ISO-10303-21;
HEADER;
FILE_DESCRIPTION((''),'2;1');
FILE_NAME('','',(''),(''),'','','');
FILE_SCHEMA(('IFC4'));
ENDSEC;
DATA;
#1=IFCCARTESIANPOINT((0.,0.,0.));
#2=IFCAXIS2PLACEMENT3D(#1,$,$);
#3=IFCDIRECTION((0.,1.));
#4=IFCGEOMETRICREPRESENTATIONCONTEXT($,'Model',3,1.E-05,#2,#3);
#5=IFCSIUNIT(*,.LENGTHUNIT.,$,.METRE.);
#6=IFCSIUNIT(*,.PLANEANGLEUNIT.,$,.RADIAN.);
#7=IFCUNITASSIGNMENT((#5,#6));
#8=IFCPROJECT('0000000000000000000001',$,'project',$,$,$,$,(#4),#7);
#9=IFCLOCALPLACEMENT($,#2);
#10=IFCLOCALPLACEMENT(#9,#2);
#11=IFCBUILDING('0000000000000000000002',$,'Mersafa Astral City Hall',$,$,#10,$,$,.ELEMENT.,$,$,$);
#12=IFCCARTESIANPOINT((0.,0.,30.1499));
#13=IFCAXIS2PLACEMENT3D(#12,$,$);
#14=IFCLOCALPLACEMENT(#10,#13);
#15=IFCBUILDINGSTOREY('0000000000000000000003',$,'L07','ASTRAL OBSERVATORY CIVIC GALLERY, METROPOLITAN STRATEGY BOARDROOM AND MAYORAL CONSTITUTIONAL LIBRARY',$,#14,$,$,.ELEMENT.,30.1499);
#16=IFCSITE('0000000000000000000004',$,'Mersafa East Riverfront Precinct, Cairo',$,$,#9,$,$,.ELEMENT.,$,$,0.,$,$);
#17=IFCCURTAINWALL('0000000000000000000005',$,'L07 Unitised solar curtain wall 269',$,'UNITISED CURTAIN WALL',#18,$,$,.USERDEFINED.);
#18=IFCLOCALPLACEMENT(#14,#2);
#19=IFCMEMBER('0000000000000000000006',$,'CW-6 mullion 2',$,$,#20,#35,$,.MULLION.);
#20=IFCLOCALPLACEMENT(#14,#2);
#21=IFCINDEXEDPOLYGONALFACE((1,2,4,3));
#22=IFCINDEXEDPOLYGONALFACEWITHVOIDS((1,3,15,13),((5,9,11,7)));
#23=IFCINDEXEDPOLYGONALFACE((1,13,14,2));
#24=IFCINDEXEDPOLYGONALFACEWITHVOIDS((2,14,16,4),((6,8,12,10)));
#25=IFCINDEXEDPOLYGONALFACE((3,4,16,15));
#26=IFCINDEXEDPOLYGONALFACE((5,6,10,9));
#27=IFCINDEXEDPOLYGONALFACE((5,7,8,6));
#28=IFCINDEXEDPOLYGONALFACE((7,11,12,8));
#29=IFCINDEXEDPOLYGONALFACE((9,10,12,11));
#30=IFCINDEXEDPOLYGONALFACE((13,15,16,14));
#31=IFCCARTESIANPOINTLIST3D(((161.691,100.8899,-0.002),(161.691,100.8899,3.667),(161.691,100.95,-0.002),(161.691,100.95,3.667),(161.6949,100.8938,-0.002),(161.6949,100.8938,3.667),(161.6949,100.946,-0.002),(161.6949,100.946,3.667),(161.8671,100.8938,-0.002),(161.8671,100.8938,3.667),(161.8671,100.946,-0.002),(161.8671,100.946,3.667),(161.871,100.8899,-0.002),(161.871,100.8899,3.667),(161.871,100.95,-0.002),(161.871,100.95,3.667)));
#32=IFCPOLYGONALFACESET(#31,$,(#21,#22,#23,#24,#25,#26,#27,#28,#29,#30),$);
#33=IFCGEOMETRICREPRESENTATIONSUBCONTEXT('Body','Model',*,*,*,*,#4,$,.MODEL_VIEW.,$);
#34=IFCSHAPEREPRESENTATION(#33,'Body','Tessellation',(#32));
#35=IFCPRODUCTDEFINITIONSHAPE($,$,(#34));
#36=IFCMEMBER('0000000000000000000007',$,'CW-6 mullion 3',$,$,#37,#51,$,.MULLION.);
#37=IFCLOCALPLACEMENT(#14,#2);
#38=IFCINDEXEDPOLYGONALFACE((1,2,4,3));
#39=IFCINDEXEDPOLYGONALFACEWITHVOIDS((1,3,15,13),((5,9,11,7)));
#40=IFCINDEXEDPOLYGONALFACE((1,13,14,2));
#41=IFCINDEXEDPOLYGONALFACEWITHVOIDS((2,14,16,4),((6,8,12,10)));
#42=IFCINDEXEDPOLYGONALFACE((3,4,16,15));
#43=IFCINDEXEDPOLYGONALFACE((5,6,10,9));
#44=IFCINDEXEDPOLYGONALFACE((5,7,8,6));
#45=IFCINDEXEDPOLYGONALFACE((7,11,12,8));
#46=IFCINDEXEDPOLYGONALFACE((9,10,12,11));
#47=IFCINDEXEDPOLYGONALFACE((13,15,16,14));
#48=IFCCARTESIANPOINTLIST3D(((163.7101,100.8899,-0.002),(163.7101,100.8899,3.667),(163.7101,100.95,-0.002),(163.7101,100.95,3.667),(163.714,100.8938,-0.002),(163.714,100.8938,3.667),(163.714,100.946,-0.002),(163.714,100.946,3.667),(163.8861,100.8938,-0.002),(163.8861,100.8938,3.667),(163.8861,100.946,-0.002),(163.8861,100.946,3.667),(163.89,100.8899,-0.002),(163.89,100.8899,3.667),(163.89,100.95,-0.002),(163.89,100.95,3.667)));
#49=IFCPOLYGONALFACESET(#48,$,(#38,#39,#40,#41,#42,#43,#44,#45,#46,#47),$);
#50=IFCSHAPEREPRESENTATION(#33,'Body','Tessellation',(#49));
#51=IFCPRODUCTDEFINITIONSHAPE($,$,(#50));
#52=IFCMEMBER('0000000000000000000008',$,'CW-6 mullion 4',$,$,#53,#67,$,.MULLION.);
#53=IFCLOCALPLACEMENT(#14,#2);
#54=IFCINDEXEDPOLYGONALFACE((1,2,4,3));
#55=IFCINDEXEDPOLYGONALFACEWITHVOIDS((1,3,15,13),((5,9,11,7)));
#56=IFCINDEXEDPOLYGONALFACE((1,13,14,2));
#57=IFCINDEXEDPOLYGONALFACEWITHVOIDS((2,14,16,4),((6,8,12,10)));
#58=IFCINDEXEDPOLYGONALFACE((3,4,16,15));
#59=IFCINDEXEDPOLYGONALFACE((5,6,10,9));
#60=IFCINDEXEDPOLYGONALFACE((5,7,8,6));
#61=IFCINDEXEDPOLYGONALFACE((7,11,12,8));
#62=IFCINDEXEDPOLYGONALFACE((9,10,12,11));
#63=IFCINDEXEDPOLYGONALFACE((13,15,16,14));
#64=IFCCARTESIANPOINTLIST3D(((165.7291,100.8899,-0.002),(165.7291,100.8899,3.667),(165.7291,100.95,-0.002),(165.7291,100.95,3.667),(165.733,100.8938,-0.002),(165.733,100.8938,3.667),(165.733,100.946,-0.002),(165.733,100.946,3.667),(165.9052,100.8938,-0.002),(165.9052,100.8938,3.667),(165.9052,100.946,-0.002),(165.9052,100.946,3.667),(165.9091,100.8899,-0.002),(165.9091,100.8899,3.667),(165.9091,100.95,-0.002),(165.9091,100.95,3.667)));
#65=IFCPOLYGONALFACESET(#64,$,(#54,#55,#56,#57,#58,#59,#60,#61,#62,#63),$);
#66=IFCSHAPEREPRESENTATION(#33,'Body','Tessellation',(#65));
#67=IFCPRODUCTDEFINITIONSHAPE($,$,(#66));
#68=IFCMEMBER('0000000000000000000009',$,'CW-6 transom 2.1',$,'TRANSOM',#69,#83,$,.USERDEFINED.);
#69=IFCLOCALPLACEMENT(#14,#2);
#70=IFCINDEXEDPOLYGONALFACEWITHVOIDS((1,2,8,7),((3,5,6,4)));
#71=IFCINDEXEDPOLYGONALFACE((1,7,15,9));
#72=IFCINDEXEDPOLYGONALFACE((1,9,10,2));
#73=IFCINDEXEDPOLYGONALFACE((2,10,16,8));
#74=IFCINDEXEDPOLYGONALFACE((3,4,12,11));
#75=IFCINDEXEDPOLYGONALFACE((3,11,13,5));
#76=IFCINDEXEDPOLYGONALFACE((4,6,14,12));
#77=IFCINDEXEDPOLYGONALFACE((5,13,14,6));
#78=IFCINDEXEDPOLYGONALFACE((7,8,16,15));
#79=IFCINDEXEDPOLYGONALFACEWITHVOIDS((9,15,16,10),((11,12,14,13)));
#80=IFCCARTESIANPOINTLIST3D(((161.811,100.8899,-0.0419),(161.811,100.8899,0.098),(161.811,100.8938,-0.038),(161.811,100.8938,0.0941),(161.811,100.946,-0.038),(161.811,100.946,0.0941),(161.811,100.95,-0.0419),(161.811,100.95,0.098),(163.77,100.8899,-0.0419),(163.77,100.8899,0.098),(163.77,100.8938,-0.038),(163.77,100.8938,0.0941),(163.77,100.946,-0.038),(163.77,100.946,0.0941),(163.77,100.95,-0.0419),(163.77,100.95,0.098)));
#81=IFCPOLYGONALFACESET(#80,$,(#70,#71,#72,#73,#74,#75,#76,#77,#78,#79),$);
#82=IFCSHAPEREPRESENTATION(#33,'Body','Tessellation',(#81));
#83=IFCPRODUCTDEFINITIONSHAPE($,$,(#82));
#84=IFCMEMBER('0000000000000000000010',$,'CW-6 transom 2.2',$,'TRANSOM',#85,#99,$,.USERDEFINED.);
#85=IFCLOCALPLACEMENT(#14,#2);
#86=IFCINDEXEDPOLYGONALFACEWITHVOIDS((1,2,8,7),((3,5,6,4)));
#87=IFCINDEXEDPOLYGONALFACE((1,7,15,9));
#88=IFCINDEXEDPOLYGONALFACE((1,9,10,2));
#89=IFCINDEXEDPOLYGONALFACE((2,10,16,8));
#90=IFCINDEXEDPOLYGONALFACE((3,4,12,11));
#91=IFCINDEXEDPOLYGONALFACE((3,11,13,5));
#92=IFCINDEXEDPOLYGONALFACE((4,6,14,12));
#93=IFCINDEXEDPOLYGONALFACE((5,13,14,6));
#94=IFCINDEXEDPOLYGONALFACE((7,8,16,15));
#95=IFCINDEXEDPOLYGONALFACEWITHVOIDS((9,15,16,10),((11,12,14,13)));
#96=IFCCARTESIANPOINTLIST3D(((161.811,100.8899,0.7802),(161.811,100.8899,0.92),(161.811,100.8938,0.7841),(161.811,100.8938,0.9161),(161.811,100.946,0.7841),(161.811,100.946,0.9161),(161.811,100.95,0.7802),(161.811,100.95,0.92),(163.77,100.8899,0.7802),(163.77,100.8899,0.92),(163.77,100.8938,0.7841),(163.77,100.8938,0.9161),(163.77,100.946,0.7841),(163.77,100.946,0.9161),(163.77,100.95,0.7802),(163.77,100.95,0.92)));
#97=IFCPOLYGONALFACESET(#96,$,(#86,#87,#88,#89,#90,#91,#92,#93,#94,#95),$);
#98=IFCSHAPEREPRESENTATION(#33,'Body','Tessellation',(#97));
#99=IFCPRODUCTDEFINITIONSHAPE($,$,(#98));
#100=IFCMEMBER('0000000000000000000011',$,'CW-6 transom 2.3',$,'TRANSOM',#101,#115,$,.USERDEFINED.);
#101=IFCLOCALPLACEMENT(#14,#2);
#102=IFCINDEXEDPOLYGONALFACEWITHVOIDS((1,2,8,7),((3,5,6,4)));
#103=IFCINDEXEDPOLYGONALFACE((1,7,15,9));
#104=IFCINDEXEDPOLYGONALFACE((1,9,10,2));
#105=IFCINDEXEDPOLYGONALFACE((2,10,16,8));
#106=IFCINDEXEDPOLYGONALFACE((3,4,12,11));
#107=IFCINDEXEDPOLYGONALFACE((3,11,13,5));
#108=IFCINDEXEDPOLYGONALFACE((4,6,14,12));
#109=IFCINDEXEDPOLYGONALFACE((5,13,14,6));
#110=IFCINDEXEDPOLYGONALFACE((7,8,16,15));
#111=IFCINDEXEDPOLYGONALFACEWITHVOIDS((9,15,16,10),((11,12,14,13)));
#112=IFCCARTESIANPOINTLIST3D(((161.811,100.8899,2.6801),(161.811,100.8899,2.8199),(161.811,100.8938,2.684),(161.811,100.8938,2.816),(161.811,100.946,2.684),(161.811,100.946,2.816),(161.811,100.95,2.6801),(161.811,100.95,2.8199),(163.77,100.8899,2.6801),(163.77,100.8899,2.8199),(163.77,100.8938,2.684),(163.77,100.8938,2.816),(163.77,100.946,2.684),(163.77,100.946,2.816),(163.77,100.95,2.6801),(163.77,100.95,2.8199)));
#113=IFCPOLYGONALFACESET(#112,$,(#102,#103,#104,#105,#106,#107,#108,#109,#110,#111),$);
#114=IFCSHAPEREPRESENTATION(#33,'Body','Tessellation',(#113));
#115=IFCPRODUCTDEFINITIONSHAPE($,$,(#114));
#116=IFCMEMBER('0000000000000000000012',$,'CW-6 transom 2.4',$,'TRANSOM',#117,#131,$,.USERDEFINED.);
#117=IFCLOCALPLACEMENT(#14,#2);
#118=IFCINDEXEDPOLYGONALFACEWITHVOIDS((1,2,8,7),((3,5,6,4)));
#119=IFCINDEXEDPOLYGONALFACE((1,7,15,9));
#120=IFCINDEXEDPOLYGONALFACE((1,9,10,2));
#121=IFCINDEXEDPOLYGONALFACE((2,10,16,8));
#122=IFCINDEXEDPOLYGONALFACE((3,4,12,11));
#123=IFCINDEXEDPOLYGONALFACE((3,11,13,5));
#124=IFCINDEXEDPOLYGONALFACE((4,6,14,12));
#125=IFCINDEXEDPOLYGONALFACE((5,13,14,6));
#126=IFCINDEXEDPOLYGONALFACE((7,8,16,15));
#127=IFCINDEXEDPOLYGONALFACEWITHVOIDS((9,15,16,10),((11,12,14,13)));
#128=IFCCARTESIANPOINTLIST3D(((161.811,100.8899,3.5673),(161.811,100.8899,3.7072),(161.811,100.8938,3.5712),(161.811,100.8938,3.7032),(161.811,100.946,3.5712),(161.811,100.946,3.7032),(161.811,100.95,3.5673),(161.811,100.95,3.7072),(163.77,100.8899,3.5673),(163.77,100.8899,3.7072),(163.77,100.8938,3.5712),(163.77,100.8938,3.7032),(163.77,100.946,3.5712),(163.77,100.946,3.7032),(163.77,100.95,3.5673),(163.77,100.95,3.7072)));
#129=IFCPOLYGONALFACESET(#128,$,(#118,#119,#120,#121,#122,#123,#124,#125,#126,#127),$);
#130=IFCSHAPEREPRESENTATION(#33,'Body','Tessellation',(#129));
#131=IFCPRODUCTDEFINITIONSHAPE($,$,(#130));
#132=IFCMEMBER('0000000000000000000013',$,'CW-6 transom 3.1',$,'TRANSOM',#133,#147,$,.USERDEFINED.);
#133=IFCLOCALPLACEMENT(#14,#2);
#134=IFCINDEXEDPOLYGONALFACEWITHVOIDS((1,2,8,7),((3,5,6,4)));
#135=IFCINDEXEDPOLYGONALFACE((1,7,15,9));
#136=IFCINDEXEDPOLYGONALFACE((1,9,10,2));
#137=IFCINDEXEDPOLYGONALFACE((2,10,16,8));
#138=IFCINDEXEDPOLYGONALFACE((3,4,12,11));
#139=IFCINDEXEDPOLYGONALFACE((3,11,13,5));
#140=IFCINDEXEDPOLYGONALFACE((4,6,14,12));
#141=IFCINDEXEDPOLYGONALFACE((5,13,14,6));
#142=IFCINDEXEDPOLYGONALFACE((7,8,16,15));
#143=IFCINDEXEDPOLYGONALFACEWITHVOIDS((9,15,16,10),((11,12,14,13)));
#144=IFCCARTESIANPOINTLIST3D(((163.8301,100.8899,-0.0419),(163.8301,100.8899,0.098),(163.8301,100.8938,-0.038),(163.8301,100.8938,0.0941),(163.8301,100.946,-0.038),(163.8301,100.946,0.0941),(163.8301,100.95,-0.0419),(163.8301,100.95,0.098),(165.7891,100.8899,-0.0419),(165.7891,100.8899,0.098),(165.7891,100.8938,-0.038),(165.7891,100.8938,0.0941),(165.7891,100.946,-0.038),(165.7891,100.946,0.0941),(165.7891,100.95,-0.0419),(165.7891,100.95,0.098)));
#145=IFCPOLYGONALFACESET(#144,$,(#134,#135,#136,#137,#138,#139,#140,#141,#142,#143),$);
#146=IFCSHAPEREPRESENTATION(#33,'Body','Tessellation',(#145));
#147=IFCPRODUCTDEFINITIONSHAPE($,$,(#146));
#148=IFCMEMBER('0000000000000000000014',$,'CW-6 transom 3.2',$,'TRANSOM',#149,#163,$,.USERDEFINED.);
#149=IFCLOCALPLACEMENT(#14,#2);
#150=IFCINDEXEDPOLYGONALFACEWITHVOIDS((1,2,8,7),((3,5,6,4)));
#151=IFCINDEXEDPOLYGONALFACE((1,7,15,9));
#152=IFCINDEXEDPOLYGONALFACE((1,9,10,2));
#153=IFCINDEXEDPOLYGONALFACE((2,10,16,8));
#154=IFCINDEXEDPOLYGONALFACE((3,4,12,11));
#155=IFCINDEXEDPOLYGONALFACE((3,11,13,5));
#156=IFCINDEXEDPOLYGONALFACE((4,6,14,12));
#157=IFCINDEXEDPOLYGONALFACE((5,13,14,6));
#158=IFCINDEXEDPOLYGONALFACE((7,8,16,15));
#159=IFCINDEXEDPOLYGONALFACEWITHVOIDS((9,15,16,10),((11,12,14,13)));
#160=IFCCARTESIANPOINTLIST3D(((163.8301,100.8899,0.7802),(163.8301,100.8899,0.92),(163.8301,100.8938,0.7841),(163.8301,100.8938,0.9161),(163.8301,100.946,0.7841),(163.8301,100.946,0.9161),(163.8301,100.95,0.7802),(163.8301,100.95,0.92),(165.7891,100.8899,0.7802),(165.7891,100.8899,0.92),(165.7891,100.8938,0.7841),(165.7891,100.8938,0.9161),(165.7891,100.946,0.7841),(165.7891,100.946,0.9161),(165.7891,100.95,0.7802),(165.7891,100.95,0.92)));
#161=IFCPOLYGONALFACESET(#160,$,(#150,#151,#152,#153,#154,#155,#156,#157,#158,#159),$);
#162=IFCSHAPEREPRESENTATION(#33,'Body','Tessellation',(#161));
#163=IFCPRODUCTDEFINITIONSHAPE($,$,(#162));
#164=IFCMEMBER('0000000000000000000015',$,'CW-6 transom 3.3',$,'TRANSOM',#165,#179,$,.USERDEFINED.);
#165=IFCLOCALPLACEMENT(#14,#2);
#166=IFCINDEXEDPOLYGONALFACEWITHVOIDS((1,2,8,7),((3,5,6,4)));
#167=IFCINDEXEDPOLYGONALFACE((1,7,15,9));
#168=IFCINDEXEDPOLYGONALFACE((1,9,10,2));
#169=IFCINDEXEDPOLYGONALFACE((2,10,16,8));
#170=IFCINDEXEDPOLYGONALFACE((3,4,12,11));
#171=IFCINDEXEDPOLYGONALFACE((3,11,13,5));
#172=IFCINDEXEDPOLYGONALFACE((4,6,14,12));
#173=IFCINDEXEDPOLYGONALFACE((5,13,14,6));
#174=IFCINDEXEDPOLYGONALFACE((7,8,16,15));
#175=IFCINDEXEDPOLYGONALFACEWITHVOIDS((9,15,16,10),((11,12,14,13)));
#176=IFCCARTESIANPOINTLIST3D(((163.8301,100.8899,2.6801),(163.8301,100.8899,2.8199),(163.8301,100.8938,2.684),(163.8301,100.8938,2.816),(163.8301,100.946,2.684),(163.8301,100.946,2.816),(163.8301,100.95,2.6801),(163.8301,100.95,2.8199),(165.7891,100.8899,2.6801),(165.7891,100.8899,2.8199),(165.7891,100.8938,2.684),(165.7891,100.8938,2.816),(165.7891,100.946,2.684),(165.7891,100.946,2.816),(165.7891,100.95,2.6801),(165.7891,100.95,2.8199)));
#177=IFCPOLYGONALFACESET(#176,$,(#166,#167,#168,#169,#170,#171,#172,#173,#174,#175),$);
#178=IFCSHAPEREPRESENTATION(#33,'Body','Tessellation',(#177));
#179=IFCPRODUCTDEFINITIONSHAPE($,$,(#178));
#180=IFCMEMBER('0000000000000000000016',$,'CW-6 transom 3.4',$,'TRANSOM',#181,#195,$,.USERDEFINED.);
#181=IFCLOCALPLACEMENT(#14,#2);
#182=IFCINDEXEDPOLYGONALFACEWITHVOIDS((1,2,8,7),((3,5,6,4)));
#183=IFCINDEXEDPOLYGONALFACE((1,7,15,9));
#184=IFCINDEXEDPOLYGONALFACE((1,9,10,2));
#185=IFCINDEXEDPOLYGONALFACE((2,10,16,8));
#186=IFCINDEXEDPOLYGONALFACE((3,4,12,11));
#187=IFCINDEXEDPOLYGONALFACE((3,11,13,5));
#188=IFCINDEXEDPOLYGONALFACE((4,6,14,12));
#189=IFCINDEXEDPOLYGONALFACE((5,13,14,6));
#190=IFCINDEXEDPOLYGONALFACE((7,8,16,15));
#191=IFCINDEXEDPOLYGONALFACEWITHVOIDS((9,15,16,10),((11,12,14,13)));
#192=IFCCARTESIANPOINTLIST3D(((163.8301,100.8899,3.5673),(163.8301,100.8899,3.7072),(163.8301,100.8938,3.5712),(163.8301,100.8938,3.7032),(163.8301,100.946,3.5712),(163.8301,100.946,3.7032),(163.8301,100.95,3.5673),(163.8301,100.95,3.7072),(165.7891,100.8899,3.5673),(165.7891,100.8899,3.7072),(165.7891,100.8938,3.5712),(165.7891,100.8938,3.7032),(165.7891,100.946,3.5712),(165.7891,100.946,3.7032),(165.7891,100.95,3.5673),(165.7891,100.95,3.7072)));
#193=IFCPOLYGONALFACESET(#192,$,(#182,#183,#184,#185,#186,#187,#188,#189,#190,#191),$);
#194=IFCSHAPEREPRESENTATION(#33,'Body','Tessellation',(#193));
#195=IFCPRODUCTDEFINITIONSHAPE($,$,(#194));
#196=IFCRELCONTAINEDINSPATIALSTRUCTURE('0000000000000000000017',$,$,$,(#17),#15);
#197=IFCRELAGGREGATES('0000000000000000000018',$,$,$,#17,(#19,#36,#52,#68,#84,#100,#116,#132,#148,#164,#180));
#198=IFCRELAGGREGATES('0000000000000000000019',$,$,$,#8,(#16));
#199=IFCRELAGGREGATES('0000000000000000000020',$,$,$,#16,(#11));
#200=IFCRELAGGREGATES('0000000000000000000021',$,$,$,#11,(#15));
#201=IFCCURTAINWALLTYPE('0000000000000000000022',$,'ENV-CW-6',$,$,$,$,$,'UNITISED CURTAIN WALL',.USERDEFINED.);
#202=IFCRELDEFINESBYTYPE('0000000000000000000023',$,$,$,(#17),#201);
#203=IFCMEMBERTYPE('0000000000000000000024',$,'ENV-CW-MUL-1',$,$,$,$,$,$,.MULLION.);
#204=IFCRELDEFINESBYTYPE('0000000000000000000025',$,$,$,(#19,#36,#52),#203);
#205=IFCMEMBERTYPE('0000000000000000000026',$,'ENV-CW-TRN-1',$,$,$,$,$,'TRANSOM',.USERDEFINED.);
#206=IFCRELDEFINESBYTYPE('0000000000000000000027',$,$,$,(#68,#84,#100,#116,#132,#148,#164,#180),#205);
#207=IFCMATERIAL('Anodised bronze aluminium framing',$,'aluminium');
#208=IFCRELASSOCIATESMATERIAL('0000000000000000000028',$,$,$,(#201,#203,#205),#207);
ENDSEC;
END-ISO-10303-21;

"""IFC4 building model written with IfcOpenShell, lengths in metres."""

from ifc_helpers import new_model, si_unit, direction, frame, origin, origin_2d, place, context, subcontext, project, spatial, hollow_rectangle, extrude, material, material_profile, profile_set, type_object, element, aggregate, save


model = new_model("IFC4")

# Units and contexts
model_context = context("Model", 3, precision=1e-05, world=origin(), true_north=direction((0.0, 1.0)))
body_context = subcontext(model_context, "Body", "Model", "MODEL_VIEW")
ifc_project = project(units=[si_unit("LENGTHUNIT", "METRE"), si_unit("PLANEANGLEUNIT", "RADIAN")], contexts=[model_context])

# Site, building, storey
site_placement = place(None, origin())
site = spatial("IfcSite", under=ifc_project, at=site_placement, Name="Mersafa East Riverfront Precinct, Cairo", CompositionType="ELEMENT", RefElevation=0.0)
building_placement = place(site_placement, origin())
building = spatial("IfcBuilding", under=site, at=building_placement, Name="Mersafa Astral City Hall", CompositionType="ELEMENT")
storey_placement = place(building_placement, frame((0.0, 0.0, 30.1499)))
storey = spatial("IfcBuildingStorey", under=building, at=storey_placement, Name="L07", Description="ASTRAL OBSERVATORY CIVIC GALLERY, METROPOLITAN STRATEGY BOARDROOM AND MAYORAL CONSTITUTIONAL LIBRARY", CompositionType="ELEMENT", Elevation=30.1499)

# Curtain wall, members
ifc_material_1 = material(Name="Anodised bronze aluminium framing", Category="aluminium")
curtain_wall_type = type_object("IfcCurtainWallType", Name="ENV-CW-6", ElementType="UNITISED CURTAIN WALL", PredefinedType="USERDEFINED", material=ifc_material_1)
curtain_wall_placement = place(storey_placement, origin())
curtain_wall = element("IfcCurtainWall", 1, at=curtain_wall_placement, inside=storey, type_object=curtain_wall_type, Name="L07 Unitised solar curtain wall 269", ObjectType="UNITISED CURTAIN WALL", PredefinedType="USERDEFINED")
ifc_material_profile_1 = material_profile(ifc_material_1, hollow_rectangle(XDim=0.0601, YDim=0.1799, WallThickness=0.0039, at=origin_2d()), Name="RHS 60x180x4")
ifc_profile_set_1 = profile_set([ifc_material_profile_1], Name="Anodised bronze aluminium framing")
member_type_1 = type_object("IfcMemberType", Name="ENV-CW-MUL-1", PredefinedType="MULLION", material=ifc_profile_set_1)
member_1_placement = place(storey_placement, frame((161.781, 100.9199, -0.002), z_axis=(0.0, 0.0, 1.0), x_axis=(0.0, 1.0, 0.0)))
member_1 = element("IfcMember", 2, at=member_1_placement, type_object=member_type_1, Name="CW-6 mullion 2", PredefinedType="MULLION", context=body_context, shape_type="SweptSolid", body=[
    extrude(hollow_rectangle(XDim=0.0601, YDim=0.1799, WallThickness=0.0039, at=origin_2d()), origin(), (0.0, 0.0, 1.0), 3.6689),
])
member_2_placement = place(storey_placement, frame((163.8, 100.9199, -0.002), z_axis=(0.0, 0.0, 1.0), x_axis=(0.0, 1.0, 0.0)))
member_2 = element("IfcMember", 3, at=member_2_placement, type_object=member_type_1, Name="CW-6 mullion 3", PredefinedType="MULLION", context=body_context, shape_type="SweptSolid", body=[
    extrude(hollow_rectangle(XDim=0.0601, YDim=0.1799, WallThickness=0.0039, at=origin_2d()), origin(), (0.0, 0.0, 1.0), 3.6689),
])
member_3_placement = place(storey_placement, frame((165.8191, 100.9199, -0.002), z_axis=(0.0, 0.0, 1.0), x_axis=(0.0, 1.0, 0.0)))
member_3 = element("IfcMember", 4, at=member_3_placement, type_object=member_type_1, Name="CW-6 mullion 4", PredefinedType="MULLION", context=body_context, shape_type="SweptSolid", body=[
    extrude(hollow_rectangle(XDim=0.0601, YDim=0.1799, WallThickness=0.0039, at=origin_2d()), origin(), (0.0, 0.0, 1.0), 3.6689),
])
ifc_material_profile_2 = material_profile(ifc_material_1, hollow_rectangle(XDim=0.0601, YDim=0.1399, WallThickness=0.0039, at=origin_2d()), Name="RHS 60x140x4")
ifc_profile_set_2 = profile_set([ifc_material_profile_2], Name="Anodised bronze aluminium framing")
member_type_2 = type_object("IfcMemberType", Name="ENV-CW-TRN-1", ElementType="TRANSOM", PredefinedType="USERDEFINED", material=ifc_profile_set_2)
member_4_placement = place(storey_placement, frame((161.811, 100.9199, 0.0281), z_axis=(1.0, 0.0, 0.0), x_axis=(0.0, 1.0, 0.0)))
member_4 = element("IfcMember", 5, at=member_4_placement, type_object=member_type_2, Name="CW-6 transom 2.1", ObjectType="TRANSOM", PredefinedType="USERDEFINED", context=body_context, shape_type="SweptSolid", body=[
    extrude(hollow_rectangle(XDim=0.0601, YDim=0.1399, WallThickness=0.0039, at=origin_2d()), origin(), (0.0, 0.0, 1.0), 1.959),
])
member_5_placement = place(storey_placement, frame((161.811, 100.9199, 0.8501), z_axis=(1.0, 0.0, 0.0), x_axis=(0.0, 1.0, 0.0)))
member_5 = element("IfcMember", 6, at=member_5_placement, type_object=member_type_2, Name="CW-6 transom 2.2", ObjectType="TRANSOM", PredefinedType="USERDEFINED", context=body_context, shape_type="SweptSolid", body=[
    extrude(hollow_rectangle(XDim=0.0601, YDim=0.1399, WallThickness=0.0039, at=origin_2d()), origin(), (0.0, 0.0, 1.0), 1.959),
])
member_6_placement = place(storey_placement, frame((161.811, 100.9199, 2.75), z_axis=(1.0, 0.0, 0.0), x_axis=(0.0, 1.0, 0.0)))
member_6 = element("IfcMember", 7, at=member_6_placement, type_object=member_type_2, Name="CW-6 transom 2.3", ObjectType="TRANSOM", PredefinedType="USERDEFINED", context=body_context, shape_type="SweptSolid", body=[
    extrude(hollow_rectangle(XDim=0.0601, YDim=0.1399, WallThickness=0.0039, at=origin_2d()), origin(), (0.0, 0.0, 1.0), 1.959),
])
member_7_placement = place(storey_placement, frame((161.811, 100.9199, 3.6372), z_axis=(1.0, 0.0, 0.0), x_axis=(0.0, 1.0, 0.0)))
member_7 = element("IfcMember", 8, at=member_7_placement, type_object=member_type_2, Name="CW-6 transom 2.4", ObjectType="TRANSOM", PredefinedType="USERDEFINED", context=body_context, shape_type="SweptSolid", body=[
    extrude(hollow_rectangle(XDim=0.0601, YDim=0.1399, WallThickness=0.0039, at=origin_2d()), origin(), (0.0, 0.0, 1.0), 1.959),
])
member_8_placement = place(storey_placement, frame((163.8301, 100.9199, 0.0281), z_axis=(1.0, 0.0, 0.0), x_axis=(0.0, 1.0, 0.0)))
member_8 = element("IfcMember", 9, at=member_8_placement, type_object=member_type_2, Name="CW-6 transom 3.1", ObjectType="TRANSOM", PredefinedType="USERDEFINED", context=body_context, shape_type="SweptSolid", body=[
    extrude(hollow_rectangle(XDim=0.0601, YDim=0.1399, WallThickness=0.0039, at=origin_2d()), origin(), (0.0, 0.0, 1.0), 1.959),
])
member_9_placement = place(storey_placement, frame((163.8301, 100.9199, 0.8501), z_axis=(1.0, 0.0, 0.0), x_axis=(0.0, 1.0, 0.0)))
member_9 = element("IfcMember", 10, at=member_9_placement, type_object=member_type_2, Name="CW-6 transom 3.2", ObjectType="TRANSOM", PredefinedType="USERDEFINED", context=body_context, shape_type="SweptSolid", body=[
    extrude(hollow_rectangle(XDim=0.0601, YDim=0.1399, WallThickness=0.0039, at=origin_2d()), origin(), (0.0, 0.0, 1.0), 1.959),
])
member_10_placement = place(storey_placement, frame((163.8301, 100.9199, 2.75), z_axis=(1.0, 0.0, 0.0), x_axis=(0.0, 1.0, 0.0)))
member_10 = element("IfcMember", 11, at=member_10_placement, type_object=member_type_2, Name="CW-6 transom 3.3", ObjectType="TRANSOM", PredefinedType="USERDEFINED", context=body_context, shape_type="SweptSolid", body=[
    extrude(hollow_rectangle(XDim=0.0601, YDim=0.1399, WallThickness=0.0039, at=origin_2d()), origin(), (0.0, 0.0, 1.0), 1.959),
])
member_11_placement = place(storey_placement, frame((163.8301, 100.9199, 3.6372), z_axis=(1.0, 0.0, 0.0), x_axis=(0.0, 1.0, 0.0)))
member_11 = element("IfcMember", 12, at=member_11_placement, type_object=member_type_2, Name="CW-6 transom 3.4", ObjectType="TRANSOM", PredefinedType="USERDEFINED", context=body_context, shape_type="SweptSolid", body=[
    extrude(hollow_rectangle(XDim=0.0601, YDim=0.1399, WallThickness=0.0039, at=origin_2d()), origin(), (0.0, 0.0, 1.0), 1.959),
])

aggregate(curtain_wall, [member_1, member_2, member_3, member_4, member_5, member_6, member_7, member_8, member_9, member_10, member_11])

save(model, "model.ifc")
